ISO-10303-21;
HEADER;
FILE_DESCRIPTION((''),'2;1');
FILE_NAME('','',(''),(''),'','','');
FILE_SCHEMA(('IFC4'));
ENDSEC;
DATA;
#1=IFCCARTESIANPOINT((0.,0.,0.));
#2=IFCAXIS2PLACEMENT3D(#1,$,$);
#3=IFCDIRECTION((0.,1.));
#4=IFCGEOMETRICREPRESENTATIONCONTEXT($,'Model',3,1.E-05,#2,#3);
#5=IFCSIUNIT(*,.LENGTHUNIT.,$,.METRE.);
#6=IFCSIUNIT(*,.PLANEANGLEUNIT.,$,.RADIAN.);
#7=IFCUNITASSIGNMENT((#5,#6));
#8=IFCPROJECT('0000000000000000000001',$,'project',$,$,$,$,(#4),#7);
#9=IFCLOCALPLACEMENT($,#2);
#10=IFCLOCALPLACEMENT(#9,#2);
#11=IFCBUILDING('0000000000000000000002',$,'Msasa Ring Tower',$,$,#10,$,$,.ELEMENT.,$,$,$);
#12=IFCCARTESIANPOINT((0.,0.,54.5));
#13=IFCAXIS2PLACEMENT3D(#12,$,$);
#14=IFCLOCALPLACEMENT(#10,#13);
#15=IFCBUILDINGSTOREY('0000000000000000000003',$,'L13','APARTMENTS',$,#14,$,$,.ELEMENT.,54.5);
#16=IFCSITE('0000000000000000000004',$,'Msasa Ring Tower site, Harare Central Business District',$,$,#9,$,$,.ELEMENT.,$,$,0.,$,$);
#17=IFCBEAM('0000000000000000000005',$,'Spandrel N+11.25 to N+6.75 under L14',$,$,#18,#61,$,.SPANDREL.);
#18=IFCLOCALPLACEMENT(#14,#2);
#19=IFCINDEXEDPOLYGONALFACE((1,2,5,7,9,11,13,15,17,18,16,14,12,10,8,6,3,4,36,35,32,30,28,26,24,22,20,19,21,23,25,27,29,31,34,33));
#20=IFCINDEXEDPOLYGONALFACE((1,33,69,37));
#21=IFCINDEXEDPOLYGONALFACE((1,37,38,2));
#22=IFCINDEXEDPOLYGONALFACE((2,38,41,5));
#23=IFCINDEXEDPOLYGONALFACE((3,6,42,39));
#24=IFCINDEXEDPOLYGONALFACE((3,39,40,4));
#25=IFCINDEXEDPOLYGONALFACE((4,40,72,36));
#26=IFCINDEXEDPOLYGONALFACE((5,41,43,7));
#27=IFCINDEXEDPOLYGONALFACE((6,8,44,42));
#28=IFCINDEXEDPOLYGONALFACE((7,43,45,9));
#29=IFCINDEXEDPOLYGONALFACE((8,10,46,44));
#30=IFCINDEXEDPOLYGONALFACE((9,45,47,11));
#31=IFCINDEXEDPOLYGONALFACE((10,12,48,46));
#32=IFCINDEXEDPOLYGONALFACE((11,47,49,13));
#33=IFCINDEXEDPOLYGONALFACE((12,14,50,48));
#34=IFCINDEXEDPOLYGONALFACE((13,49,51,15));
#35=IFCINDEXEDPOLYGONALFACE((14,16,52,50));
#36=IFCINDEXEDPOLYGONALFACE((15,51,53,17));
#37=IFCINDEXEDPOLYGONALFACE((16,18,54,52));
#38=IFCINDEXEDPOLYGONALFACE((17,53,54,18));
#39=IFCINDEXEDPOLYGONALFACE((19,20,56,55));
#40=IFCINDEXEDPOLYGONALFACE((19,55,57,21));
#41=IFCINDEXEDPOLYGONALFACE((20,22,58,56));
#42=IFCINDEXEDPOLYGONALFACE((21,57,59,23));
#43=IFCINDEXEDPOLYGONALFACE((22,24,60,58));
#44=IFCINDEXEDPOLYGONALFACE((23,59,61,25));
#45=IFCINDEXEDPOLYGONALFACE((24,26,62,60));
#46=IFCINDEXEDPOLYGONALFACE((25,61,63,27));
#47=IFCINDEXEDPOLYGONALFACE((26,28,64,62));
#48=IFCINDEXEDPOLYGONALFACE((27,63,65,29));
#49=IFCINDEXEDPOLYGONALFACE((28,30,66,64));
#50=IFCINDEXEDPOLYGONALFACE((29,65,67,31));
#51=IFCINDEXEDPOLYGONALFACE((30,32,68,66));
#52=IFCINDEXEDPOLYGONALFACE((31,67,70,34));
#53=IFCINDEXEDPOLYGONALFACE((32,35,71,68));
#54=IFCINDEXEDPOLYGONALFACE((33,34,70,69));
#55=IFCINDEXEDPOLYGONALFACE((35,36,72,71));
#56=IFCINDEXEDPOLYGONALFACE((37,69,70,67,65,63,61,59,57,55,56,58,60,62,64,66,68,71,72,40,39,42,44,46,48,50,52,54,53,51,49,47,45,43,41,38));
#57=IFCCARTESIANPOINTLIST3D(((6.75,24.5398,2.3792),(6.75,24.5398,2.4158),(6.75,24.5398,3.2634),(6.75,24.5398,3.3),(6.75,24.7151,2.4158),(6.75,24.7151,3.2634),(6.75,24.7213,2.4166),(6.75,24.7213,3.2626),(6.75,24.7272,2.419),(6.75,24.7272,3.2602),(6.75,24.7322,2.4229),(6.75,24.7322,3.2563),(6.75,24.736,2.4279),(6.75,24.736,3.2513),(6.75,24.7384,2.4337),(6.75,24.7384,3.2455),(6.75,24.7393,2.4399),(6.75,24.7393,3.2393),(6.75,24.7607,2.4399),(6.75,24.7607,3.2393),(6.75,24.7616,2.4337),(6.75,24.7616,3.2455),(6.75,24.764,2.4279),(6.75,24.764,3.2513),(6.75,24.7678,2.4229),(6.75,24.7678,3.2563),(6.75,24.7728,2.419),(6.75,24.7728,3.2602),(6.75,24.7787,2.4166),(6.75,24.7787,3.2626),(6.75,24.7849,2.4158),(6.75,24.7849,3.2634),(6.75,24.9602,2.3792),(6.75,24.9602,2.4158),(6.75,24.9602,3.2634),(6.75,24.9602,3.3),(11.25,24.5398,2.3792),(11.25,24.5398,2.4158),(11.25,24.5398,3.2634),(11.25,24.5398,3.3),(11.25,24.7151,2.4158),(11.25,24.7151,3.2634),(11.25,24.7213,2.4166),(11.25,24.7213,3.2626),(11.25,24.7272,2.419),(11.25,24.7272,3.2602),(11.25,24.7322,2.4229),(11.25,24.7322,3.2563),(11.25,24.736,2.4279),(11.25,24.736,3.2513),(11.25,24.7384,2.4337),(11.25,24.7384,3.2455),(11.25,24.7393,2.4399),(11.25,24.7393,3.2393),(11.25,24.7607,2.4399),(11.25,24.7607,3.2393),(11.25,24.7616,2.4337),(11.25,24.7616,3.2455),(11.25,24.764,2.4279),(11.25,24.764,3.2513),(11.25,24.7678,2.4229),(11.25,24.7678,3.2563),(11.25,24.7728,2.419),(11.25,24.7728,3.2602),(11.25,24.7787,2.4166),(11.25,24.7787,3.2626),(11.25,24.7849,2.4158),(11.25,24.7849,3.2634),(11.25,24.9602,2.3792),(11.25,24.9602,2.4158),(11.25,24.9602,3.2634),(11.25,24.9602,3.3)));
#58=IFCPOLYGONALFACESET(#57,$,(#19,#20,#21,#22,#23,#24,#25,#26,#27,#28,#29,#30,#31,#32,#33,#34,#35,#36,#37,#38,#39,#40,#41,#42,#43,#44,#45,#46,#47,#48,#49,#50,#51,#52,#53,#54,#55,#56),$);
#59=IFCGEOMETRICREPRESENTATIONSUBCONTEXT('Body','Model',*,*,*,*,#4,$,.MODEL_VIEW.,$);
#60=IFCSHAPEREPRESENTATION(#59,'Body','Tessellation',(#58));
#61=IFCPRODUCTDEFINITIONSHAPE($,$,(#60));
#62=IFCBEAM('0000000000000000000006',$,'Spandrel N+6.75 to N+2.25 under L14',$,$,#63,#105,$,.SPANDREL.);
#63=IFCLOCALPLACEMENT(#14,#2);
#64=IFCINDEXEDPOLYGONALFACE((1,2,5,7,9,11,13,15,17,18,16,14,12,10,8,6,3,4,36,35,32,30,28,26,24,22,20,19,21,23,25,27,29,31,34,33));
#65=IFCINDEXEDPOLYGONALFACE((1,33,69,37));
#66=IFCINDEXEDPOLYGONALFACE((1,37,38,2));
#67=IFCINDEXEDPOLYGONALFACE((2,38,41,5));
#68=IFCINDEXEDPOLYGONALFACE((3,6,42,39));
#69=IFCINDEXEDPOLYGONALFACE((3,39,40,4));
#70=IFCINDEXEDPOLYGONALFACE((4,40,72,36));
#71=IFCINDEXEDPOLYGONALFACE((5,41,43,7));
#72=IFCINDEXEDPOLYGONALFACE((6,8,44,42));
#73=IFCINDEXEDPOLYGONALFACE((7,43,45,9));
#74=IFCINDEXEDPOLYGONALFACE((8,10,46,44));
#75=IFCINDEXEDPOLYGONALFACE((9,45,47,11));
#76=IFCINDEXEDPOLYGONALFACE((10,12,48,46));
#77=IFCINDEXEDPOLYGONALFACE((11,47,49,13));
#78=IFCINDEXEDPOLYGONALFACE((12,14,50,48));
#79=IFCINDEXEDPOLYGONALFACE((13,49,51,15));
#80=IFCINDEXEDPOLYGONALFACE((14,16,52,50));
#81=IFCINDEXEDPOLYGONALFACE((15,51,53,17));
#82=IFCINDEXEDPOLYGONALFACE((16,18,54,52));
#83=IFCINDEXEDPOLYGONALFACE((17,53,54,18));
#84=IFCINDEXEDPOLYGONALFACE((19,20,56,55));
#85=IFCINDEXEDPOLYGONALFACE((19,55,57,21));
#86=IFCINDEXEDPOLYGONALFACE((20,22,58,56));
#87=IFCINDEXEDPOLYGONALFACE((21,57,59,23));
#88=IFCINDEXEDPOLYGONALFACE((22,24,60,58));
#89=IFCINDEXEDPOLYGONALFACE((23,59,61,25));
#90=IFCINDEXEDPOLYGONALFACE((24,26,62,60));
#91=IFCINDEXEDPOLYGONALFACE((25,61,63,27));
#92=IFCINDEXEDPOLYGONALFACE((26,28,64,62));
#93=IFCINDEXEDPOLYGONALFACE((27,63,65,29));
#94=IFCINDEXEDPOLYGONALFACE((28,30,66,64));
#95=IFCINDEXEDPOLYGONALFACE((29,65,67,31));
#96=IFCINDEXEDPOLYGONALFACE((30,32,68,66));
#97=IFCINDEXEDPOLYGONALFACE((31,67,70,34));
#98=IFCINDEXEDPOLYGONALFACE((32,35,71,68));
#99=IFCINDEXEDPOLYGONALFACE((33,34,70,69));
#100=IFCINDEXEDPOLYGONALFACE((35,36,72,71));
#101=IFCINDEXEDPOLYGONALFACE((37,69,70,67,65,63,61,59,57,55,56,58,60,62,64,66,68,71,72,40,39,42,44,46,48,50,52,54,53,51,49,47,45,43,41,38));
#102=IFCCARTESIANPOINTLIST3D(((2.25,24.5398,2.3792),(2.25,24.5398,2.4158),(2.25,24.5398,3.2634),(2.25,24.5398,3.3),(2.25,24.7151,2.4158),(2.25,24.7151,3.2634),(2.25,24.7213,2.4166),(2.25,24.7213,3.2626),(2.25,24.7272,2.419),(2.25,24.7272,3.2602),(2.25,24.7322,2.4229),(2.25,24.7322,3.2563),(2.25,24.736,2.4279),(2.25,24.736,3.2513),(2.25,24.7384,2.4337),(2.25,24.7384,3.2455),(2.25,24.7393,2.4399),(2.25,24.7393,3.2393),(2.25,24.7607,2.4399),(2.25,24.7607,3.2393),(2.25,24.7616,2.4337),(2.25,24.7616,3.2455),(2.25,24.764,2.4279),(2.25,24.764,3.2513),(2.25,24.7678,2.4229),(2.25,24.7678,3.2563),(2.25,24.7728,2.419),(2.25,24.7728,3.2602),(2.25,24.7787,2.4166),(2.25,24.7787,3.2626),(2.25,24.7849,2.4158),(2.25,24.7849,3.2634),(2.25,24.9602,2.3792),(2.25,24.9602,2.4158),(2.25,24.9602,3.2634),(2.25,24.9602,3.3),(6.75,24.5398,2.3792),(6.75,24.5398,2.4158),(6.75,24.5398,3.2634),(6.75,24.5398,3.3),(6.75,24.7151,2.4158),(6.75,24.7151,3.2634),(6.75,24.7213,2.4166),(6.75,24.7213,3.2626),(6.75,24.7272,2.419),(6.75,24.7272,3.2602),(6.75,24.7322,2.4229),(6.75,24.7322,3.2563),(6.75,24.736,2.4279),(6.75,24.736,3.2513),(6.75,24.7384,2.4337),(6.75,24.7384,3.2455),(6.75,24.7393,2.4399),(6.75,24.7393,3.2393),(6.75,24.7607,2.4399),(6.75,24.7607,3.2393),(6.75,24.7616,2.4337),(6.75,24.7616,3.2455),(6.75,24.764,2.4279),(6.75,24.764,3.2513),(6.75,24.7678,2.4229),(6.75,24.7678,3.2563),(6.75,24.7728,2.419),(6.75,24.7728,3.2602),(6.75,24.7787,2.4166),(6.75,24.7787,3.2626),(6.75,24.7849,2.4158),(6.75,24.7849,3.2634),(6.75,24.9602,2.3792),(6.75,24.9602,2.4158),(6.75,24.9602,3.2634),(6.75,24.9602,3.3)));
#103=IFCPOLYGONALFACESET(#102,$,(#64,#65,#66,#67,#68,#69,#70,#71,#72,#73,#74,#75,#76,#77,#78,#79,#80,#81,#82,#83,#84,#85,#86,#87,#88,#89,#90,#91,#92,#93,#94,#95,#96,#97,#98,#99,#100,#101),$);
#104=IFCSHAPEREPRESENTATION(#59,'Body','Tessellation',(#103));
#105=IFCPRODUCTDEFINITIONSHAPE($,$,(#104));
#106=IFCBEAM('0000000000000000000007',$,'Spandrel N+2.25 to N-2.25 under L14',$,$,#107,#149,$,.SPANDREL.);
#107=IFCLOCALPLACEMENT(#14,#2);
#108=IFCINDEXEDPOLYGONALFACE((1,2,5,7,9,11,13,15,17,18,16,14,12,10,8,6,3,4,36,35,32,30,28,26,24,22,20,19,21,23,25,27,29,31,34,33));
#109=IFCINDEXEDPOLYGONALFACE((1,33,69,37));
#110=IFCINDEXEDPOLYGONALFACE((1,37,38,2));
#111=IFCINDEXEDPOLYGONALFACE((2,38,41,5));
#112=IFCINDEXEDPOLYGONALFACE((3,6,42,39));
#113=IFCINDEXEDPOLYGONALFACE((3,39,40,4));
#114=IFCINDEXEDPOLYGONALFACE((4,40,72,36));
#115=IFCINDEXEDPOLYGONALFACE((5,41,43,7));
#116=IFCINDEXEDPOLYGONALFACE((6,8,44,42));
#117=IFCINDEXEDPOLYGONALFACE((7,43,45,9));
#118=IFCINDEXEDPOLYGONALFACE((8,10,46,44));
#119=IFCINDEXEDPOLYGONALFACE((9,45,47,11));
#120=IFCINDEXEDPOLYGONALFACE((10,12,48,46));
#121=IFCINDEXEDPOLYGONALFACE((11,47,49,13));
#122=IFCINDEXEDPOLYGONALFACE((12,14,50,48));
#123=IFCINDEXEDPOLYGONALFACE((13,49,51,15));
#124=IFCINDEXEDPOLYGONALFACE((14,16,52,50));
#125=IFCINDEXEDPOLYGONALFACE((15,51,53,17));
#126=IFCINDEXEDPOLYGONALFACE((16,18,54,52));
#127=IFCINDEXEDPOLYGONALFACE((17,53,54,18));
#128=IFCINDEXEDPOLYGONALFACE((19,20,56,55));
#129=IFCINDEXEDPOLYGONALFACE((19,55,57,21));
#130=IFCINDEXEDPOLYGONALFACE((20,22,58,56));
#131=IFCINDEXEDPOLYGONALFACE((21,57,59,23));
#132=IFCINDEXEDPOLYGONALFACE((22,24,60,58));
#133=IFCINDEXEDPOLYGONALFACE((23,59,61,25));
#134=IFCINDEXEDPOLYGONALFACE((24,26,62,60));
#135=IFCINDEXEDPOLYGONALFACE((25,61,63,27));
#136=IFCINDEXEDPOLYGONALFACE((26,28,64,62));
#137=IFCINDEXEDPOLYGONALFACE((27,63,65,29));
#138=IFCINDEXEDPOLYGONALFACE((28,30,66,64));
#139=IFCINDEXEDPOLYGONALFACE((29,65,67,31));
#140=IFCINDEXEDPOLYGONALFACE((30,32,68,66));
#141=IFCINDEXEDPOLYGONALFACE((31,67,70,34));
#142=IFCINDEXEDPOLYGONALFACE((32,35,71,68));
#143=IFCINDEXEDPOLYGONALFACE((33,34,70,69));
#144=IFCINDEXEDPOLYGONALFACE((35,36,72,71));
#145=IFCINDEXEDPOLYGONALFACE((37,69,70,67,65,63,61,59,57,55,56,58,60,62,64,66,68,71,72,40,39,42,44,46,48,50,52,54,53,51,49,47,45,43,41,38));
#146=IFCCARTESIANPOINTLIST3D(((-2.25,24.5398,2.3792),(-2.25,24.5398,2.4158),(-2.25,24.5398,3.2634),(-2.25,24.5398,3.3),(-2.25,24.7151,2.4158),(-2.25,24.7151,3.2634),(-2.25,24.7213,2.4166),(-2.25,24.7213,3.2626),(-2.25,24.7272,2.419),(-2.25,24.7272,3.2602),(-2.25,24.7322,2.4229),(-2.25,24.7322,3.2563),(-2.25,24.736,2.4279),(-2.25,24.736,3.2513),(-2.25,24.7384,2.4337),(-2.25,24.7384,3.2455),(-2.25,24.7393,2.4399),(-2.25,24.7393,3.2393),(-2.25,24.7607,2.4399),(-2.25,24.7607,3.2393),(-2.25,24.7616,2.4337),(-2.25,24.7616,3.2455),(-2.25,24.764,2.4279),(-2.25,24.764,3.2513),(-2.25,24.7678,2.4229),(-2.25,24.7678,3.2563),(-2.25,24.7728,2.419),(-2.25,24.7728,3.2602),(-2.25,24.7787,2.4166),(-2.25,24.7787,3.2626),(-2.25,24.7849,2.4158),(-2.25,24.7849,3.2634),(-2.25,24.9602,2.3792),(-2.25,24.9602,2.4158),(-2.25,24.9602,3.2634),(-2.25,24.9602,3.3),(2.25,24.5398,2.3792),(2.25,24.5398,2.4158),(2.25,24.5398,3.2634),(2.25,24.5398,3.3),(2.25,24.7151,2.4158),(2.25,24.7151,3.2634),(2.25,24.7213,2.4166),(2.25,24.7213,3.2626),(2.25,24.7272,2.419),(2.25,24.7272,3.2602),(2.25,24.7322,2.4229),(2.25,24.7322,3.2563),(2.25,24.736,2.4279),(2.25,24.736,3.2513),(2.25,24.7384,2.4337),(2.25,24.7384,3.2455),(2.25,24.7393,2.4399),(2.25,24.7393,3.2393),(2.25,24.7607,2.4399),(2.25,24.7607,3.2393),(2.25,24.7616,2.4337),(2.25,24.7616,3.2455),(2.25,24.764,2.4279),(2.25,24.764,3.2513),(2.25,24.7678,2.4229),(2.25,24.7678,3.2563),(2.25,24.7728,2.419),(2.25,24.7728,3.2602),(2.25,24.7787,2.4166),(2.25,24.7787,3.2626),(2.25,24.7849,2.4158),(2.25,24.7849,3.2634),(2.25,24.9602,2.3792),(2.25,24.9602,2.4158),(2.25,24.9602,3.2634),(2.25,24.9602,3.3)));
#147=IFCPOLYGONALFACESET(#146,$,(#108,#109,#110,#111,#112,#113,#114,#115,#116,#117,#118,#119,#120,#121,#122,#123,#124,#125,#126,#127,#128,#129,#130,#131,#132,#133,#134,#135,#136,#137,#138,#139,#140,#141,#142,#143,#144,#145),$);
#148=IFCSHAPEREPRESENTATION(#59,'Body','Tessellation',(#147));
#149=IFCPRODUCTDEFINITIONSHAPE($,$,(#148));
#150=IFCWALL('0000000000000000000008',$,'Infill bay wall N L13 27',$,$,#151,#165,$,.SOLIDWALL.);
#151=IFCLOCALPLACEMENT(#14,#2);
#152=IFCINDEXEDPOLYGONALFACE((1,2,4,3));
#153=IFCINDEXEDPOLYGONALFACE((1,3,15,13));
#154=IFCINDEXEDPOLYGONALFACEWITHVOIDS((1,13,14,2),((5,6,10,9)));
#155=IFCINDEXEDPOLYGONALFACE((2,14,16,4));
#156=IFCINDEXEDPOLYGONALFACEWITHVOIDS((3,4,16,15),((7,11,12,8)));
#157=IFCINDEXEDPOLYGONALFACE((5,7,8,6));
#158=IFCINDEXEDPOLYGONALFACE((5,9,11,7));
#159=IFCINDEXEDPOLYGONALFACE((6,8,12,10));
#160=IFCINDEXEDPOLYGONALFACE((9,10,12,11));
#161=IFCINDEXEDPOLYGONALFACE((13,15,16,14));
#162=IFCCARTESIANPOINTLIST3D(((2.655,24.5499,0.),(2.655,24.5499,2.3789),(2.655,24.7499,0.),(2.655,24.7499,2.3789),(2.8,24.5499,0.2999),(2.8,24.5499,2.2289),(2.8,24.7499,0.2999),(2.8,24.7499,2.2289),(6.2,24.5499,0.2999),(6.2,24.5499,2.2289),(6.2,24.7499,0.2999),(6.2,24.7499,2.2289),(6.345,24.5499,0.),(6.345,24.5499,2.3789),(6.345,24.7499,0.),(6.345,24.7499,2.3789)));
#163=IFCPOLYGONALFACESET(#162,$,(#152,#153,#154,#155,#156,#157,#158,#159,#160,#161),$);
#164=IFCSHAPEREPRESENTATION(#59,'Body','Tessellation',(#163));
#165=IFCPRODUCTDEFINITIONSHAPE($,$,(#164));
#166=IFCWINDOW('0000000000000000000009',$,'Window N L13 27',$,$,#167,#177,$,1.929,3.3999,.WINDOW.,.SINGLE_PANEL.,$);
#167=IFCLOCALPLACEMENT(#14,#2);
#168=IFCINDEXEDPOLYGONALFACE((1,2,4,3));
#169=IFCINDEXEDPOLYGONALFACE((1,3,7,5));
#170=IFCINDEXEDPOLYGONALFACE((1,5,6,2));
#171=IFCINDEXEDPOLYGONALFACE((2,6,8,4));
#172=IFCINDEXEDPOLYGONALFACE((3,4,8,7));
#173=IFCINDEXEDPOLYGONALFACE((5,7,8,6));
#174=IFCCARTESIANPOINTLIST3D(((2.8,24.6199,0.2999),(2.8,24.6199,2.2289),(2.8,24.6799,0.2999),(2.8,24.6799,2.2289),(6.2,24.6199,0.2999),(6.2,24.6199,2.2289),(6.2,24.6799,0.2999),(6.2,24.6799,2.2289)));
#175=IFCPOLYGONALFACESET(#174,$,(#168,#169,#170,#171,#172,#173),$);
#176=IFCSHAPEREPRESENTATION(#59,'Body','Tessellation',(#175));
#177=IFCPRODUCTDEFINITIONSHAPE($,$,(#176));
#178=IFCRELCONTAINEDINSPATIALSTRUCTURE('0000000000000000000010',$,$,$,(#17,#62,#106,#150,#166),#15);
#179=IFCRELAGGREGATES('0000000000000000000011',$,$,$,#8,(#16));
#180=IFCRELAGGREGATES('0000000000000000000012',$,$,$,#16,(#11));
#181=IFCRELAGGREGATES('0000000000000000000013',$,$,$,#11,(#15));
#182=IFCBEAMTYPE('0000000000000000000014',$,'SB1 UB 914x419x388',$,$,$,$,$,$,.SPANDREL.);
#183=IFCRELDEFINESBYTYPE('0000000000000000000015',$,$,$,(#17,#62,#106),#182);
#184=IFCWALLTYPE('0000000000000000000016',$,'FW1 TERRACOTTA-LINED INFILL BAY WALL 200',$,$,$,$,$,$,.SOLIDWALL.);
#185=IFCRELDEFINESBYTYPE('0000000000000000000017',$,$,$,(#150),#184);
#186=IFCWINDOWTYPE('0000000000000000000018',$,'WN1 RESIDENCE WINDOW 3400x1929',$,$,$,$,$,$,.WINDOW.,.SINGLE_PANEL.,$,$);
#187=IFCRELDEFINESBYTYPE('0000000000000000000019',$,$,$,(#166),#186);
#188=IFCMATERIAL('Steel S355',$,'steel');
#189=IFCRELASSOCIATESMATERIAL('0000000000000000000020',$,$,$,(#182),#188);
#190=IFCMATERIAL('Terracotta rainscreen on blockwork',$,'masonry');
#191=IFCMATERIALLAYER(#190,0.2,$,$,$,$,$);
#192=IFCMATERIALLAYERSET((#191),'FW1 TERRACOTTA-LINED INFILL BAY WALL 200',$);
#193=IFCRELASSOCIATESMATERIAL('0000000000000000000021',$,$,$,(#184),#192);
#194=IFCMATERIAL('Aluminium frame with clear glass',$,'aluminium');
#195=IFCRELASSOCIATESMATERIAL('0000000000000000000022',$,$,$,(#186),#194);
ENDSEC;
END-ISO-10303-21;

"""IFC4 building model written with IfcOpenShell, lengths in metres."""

from ifc_helpers import new_model, si_unit, direction, frame, frame_2d, origin, origin_2d, place, context, subcontext, project, spatial, rectangle, i_section, extrude, material, layer, layer_set, material_profile, profile_set, type_object, element, fill, save


model = new_model("IFC4")

# Units and contexts
model_context = context("Model", 3, precision=1e-05, world=origin(), true_north=direction((0.0, 1.0)))
body_context = subcontext(model_context, "Body", "Model", "MODEL_VIEW")
ifc_project = project(units=[si_unit("LENGTHUNIT", "METRE"), si_unit("PLANEANGLEUNIT", "RADIAN")], contexts=[model_context])

# Site, building, storey
site_placement = place(None, origin())
site = spatial("IfcSite", under=ifc_project, at=site_placement, Name="Msasa Ring Tower site, Harare Central Business District", CompositionType="ELEMENT", RefElevation=0.0)
building_placement = place(site_placement, origin())
building = spatial("IfcBuilding", under=site, at=building_placement, Name="Msasa Ring Tower", CompositionType="ELEMENT")
storey_placement = place(building_placement, frame((0.0, 0.0, 54.5)))
storey = spatial("IfcBuildingStorey", under=building, at=storey_placement, Name="L13", Description="APARTMENTS", CompositionType="ELEMENT", Elevation=54.5)

# Beams
ifc_material_1 = material(Name="Steel S355", Category="steel")
ifc_material_profile_1 = material_profile(ifc_material_1, i_section(OverallWidth=0.4204, OverallDepth=0.9209, WebThickness=0.0215, FlangeThickness=0.0366, FilletRadius=0.0242, at=origin_2d()), Name="UB 914x419x388")
ifc_profile_set_1 = profile_set([ifc_material_profile_1], Name="Steel S355")
beam_type_1 = type_object("IfcBeamType", Name="SB1 UB 914x419x388", PredefinedType="SPANDREL", material=ifc_profile_set_1)
for number, where, z_axis, x_axis, name in (
    (1, (11.25, 24.75, 2.8396), (-1.0, 0.0, 0.0), (0.0, -1.0, 0.0), "Spandrel N+11.25 to N+6.75 under L14"),
    (2, (6.75, 24.75, 2.8396), (-1.0, 0.0, 0.0), (0.0, -1.0, 0.0), "Spandrel N+6.75 to N+2.25 under L14"),
    (3, (2.25, 24.75, 2.8396), (-1.0, 0.0, 0.0), (0.0, -1.0, 0.0), "Spandrel N+2.25 to N-2.25 under L14"),
):
    element("IfcBeam", number, at=place(storey_placement, frame(where, z_axis=z_axis, x_axis=x_axis)), inside=storey, type_object=beam_type_1, Name=name, PredefinedType="SPANDREL", context=body_context, shape_type="SweptSolid", body=[
        extrude(i_section(OverallWidth=0.4204, OverallDepth=0.9209, WebThickness=0.0215, FlangeThickness=0.0366, FilletRadius=0.0242, at=origin_2d()), origin(), (0.0, 0.0, 1.0), 4.5),
    ])

# Wall, opening, window
ifc_material_2 = material(Name="Terracotta rainscreen on blockwork", Category="masonry")
ifc_layer_1 = layer(ifc_material_2, 0.2)
ifc_layer_set_1 = layer_set([ifc_layer_1], Name="FW1 TERRACOTTA-LINED INFILL BAY WALL 200")
wall_type_1 = type_object("IfcWallType", Name="FW1 TERRACOTTA-LINED INFILL BAY WALL 200", PredefinedType="SOLIDWALL", material=ifc_layer_set_1)
wall_1_placement = place(storey_placement, frame((2.655, 24.6499, 0.0), z_axis=(0.0, 0.0, 1.0), x_axis=(1.0, 0.0, 0.0)))
wall_1 = element("IfcWall", 4, at=wall_1_placement, inside=storey, type_object=wall_type_1, Name="Infill bay wall N L13 27", PredefinedType="SOLIDWALL", context=body_context, shape_type="SweptSolid", body=[
    extrude(rectangle(XDim=3.6899, YDim=0.2, at=frame_2d((1.845, 0.0))), origin(), (0.0, 0.0, 1.0), 2.3789),
])
opening_1_placement = place(wall_1_placement, frame((0.145, 0.0, 0.3)))
opening_1 = element("IfcOpeningElement", 5, at=opening_1_placement, cuts=wall_1, PredefinedType="OPENING", context=body_context, shape_type="SweptSolid", body=[
    extrude(rectangle(XDim=3.3999, YDim=1.929, at=frame_2d((1.7, 0.9644))), frame((0.0, 0.1099, 0.0), z_axis=(0.0, -1.0, 0.0), x_axis=(1.0, 0.0, 0.0)), (0.0, 0.0, 1.0), 0.22),
])
ifc_material_3 = material(Name="Aluminium frame with clear glass", Category="aluminium")
window_type = type_object("IfcWindowType", Name="WN1 RESIDENCE WINDOW 3400x1929", PartitioningType="SINGLE_PANEL", PredefinedType="WINDOW", material=ifc_material_3)
window_1_placement = place(opening_1_placement, origin())
window_1 = element("IfcWindow", 6, at=window_1_placement, inside=storey, type_object=window_type, Name="Window N L13 27", OverallHeight=1.929, OverallWidth=3.3999, PartitioningType="SINGLE_PANEL", PredefinedType="WINDOW", context=body_context, shape_type="SweptSolid", body=[
    extrude(rectangle(XDim=3.3999, YDim=1.929, at=frame_2d((1.7, 0.9644))), frame((0.0, 0.03, 0.0), z_axis=(0.0, -1.0, 0.0), x_axis=(1.0, 0.0, 0.0)), (0.0, 0.0, 1.0), 0.0601),
])
fill(opening_1, window_1)

save(model, "model.ifc")
